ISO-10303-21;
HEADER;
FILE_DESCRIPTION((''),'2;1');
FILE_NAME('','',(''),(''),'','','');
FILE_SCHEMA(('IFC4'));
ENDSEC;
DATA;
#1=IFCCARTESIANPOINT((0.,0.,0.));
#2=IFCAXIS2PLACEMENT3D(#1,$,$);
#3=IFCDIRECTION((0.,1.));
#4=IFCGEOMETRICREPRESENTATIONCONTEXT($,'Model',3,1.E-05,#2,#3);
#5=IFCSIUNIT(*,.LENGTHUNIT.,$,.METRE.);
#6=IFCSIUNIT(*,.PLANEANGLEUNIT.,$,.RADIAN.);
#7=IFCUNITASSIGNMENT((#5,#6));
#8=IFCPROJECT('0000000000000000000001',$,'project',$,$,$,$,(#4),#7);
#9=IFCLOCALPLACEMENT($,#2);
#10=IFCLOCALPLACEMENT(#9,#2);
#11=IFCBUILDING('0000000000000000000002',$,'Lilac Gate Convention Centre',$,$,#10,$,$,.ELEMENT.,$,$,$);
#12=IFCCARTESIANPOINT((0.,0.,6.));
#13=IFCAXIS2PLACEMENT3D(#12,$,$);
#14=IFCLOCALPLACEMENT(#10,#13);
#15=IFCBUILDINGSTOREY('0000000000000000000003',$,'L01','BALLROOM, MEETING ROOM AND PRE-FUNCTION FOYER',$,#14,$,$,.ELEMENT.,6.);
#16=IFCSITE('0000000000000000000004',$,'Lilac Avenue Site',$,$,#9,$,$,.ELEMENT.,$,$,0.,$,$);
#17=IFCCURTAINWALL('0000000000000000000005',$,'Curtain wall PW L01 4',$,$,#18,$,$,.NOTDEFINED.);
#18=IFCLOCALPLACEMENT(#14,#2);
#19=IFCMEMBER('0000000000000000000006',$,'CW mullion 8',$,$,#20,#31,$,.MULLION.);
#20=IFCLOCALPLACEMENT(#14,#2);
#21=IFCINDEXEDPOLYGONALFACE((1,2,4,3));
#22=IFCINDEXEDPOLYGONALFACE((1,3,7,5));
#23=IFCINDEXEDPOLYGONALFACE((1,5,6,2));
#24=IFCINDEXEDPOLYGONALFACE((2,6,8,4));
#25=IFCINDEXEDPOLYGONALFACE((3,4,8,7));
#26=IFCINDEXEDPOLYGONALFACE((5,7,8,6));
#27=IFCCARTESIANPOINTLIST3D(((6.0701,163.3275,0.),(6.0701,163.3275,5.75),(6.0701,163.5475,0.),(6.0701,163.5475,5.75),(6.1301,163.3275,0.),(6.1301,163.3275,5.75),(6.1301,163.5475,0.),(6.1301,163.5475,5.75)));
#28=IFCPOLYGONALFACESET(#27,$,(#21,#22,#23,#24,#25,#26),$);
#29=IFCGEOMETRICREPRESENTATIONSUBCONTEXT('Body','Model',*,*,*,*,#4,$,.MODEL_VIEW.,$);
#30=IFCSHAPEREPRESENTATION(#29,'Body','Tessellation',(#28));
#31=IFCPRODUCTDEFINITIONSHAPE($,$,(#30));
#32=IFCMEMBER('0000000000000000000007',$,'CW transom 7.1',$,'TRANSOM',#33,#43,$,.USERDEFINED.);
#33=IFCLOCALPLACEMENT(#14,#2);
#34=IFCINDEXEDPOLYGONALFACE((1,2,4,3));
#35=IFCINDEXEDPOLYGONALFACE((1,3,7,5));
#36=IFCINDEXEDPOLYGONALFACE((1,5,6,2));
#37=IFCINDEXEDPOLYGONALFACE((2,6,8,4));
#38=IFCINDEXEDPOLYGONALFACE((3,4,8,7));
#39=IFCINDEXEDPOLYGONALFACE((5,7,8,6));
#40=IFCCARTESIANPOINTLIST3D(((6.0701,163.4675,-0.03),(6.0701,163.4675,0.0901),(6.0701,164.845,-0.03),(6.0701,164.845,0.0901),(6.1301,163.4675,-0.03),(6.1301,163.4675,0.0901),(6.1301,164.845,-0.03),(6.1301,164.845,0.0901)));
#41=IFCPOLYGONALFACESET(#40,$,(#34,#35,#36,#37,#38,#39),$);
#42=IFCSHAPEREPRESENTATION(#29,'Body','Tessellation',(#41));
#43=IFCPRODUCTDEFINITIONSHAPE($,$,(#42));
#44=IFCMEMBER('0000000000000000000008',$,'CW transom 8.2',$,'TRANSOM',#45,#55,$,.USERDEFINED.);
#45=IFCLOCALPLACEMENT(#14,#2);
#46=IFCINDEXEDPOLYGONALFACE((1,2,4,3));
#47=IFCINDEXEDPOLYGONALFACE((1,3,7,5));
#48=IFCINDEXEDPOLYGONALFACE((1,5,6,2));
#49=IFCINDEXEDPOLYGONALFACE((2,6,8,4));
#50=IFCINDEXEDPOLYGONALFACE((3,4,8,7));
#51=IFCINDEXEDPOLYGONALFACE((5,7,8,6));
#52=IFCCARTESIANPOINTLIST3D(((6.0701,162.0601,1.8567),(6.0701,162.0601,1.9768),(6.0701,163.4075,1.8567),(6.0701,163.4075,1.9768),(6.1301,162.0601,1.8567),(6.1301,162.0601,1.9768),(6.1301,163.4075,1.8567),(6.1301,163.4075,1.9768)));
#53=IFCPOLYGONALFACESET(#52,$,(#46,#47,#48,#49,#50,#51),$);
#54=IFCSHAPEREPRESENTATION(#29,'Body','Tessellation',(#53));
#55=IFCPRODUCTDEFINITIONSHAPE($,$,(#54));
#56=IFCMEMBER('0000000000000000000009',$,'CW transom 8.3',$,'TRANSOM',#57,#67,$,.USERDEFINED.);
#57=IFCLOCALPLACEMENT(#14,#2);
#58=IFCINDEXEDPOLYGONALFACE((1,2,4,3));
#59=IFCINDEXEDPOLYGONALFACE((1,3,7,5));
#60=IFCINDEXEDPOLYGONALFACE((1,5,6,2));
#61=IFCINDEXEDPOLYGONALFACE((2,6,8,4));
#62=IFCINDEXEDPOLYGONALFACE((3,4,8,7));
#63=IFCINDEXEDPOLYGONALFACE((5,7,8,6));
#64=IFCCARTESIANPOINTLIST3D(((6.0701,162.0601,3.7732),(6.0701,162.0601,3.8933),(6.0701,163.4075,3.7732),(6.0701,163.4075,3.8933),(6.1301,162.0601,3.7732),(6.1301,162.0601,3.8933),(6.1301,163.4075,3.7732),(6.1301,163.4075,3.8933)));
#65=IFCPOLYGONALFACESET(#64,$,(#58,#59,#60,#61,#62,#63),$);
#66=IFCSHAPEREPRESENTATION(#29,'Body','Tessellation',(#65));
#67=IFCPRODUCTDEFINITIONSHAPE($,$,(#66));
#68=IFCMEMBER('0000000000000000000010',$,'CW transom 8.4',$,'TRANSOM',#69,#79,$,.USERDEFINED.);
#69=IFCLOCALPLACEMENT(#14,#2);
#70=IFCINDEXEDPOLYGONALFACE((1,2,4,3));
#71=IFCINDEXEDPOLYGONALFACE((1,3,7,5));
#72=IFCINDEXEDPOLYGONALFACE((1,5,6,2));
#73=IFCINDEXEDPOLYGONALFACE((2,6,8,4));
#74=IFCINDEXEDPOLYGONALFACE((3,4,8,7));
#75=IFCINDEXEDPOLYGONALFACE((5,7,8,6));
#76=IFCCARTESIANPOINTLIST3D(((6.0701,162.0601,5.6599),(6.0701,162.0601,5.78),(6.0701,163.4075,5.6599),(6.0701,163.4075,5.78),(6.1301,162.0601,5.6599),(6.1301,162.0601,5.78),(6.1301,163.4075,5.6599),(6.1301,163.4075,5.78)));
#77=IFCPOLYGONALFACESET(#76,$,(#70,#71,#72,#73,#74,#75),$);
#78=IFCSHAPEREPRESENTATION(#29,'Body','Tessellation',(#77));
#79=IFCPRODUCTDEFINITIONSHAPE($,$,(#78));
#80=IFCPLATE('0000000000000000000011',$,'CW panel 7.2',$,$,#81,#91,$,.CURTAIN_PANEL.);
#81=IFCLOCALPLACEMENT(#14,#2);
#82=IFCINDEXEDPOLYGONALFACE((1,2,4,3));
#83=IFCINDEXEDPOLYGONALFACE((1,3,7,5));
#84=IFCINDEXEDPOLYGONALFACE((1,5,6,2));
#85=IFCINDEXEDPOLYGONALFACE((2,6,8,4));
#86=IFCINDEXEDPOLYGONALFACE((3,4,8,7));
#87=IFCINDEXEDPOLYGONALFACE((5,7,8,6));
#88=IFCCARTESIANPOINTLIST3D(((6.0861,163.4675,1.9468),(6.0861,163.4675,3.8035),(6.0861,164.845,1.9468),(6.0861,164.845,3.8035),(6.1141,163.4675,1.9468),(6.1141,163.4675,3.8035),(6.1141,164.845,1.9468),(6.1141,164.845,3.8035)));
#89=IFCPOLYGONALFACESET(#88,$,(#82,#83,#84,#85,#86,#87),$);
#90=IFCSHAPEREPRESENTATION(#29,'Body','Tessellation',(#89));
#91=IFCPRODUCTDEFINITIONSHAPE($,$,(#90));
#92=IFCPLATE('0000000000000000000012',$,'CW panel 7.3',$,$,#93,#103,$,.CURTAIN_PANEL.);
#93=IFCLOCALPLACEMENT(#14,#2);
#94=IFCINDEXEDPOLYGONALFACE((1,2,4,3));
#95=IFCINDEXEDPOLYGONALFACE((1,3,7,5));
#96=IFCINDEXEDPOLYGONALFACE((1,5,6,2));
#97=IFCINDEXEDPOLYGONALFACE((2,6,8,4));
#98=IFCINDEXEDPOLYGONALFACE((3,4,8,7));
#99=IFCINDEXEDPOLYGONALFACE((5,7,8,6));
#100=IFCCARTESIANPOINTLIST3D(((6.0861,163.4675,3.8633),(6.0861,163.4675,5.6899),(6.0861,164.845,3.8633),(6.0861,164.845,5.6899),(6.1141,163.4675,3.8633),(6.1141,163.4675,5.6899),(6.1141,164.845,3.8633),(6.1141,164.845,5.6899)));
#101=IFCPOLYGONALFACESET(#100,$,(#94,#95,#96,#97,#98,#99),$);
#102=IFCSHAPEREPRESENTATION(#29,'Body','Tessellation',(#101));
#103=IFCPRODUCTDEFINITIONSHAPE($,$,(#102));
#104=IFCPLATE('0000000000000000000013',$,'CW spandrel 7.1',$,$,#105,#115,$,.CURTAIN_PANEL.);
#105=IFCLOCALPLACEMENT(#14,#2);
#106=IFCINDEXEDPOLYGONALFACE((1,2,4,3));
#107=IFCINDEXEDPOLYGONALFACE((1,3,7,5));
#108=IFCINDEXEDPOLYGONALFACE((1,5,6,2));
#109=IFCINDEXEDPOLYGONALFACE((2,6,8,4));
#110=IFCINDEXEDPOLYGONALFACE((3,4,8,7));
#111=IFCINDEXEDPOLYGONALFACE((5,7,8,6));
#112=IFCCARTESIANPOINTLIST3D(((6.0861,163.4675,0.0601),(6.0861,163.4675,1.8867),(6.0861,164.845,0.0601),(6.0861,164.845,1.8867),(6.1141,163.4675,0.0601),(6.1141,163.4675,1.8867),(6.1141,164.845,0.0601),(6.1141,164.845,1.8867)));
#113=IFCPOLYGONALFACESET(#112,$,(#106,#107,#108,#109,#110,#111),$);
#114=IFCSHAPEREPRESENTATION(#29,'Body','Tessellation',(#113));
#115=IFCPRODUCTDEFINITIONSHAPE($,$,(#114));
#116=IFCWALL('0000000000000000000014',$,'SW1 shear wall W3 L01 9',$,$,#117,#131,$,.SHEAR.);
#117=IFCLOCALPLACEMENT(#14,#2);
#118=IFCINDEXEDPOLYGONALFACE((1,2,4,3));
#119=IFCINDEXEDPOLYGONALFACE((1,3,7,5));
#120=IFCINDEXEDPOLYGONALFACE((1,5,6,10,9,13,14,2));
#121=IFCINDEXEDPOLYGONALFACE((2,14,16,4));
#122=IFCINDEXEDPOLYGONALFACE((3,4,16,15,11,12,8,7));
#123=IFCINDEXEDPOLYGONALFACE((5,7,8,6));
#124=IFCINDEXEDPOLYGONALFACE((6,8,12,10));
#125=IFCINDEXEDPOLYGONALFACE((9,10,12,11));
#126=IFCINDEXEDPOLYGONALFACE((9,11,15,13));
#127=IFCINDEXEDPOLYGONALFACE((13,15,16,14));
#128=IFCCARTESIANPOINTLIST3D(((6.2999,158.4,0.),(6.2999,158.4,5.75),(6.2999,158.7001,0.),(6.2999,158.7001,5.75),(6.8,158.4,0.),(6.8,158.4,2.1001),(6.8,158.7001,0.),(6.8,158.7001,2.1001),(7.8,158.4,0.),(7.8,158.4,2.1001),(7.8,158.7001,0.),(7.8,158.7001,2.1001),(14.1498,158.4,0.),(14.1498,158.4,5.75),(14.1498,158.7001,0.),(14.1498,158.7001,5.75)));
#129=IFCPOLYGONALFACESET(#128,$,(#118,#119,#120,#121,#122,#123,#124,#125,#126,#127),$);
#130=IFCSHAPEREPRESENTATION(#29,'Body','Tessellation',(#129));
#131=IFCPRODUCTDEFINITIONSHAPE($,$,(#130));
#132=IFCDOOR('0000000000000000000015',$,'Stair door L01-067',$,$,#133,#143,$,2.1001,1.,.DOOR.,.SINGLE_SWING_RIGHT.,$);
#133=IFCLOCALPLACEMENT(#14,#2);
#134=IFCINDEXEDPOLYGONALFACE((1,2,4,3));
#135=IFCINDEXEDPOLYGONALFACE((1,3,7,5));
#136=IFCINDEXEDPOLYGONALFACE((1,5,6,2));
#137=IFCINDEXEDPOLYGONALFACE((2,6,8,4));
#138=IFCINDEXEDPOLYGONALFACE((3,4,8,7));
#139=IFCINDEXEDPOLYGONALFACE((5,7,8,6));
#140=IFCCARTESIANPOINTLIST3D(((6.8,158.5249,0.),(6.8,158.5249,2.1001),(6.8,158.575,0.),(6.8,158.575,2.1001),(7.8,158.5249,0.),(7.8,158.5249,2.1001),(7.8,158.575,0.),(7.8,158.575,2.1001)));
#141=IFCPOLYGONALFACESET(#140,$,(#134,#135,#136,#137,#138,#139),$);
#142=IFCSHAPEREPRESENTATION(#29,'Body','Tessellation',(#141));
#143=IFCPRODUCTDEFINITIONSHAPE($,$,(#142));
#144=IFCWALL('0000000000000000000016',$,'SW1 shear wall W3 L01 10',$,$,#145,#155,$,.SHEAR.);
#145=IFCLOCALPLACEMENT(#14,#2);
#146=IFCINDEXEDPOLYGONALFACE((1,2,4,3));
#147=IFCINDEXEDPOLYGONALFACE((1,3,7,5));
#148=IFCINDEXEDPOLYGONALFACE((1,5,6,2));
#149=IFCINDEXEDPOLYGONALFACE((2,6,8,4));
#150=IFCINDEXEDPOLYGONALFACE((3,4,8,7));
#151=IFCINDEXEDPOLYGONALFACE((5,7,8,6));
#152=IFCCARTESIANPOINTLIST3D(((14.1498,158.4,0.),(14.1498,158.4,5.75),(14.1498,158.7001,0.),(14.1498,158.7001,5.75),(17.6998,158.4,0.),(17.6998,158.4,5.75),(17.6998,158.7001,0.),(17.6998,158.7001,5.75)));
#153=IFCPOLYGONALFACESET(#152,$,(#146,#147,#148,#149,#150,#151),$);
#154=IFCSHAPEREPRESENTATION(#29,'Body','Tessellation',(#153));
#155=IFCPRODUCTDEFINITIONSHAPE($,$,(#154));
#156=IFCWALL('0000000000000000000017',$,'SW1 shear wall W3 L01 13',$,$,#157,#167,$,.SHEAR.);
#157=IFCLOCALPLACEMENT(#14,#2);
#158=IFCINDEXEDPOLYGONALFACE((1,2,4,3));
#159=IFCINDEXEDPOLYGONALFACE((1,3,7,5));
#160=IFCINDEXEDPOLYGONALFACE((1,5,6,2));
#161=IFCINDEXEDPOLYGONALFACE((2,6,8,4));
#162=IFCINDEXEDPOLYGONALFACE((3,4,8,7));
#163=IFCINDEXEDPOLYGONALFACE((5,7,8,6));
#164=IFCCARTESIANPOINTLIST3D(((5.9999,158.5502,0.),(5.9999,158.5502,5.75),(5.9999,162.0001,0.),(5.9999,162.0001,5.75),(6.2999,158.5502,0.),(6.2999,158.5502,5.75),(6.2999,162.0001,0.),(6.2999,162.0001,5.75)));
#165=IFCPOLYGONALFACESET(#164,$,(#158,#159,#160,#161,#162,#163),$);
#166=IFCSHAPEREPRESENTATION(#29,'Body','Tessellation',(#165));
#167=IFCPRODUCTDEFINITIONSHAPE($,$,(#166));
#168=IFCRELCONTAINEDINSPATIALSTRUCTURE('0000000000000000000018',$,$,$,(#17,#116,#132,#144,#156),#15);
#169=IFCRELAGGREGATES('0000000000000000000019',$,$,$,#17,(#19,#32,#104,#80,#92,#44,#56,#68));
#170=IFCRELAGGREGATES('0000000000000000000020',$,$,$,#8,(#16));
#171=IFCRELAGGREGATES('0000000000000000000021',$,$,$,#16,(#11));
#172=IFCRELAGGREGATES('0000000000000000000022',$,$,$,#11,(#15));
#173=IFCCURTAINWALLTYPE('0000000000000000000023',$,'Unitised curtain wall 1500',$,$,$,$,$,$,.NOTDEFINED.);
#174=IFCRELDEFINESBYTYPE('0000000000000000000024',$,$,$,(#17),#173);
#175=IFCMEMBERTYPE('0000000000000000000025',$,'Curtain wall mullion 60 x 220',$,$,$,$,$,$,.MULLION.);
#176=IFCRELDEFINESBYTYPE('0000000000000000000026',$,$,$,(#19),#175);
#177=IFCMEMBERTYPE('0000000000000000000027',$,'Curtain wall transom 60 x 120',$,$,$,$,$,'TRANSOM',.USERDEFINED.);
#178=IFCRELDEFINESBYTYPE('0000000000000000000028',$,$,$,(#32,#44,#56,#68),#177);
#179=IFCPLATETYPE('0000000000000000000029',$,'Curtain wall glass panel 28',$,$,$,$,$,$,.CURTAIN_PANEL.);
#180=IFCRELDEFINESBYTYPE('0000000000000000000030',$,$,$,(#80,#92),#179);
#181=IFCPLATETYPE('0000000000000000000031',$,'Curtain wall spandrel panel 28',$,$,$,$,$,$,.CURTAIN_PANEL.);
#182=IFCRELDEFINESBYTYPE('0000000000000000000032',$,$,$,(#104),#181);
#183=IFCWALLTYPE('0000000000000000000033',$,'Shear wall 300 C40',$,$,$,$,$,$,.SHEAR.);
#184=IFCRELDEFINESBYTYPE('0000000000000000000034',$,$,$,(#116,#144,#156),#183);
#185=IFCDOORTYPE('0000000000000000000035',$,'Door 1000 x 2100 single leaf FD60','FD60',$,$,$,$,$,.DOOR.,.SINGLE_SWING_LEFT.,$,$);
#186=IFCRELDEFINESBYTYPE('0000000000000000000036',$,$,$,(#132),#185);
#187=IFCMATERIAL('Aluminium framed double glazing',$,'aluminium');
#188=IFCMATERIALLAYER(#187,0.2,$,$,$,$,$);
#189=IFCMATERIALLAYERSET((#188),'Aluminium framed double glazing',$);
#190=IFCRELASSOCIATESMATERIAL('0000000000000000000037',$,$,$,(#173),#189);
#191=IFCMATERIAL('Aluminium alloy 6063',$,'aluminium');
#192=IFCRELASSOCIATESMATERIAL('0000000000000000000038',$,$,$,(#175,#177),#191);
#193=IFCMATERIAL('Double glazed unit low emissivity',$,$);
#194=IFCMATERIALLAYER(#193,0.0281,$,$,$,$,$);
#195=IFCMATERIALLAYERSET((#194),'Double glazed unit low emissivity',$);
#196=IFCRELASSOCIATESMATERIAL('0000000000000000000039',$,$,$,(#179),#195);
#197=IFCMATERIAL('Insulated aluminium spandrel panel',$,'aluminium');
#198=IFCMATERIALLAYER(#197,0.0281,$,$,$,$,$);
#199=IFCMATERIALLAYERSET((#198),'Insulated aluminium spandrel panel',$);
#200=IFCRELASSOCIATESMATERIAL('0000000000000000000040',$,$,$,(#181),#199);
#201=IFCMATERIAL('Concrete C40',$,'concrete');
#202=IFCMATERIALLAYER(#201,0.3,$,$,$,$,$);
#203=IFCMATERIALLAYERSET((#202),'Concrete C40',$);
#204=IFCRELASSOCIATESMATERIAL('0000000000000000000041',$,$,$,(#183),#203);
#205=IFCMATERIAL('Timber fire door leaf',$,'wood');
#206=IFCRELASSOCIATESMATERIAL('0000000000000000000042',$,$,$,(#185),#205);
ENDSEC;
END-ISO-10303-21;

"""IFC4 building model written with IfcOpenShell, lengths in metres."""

from ifc_helpers import new_model, si_unit, direction, frame, frame_2d, origin, origin_2d, place, context, subcontext, project, spatial, rectangle, extrude, material, layer, layer_set, material_profile, profile_set, type_object, element, fill, aggregate, save


model = new_model("IFC4")

# Units and contexts
model_context = context("Model", 3, precision=1e-05, world=origin(), true_north=direction((0.0, 1.0)))
body_context = subcontext(model_context, "Body", "Model", "MODEL_VIEW")
ifc_project = project(units=[si_unit("LENGTHUNIT", "METRE"), si_unit("PLANEANGLEUNIT", "RADIAN")], contexts=[model_context])

# Site, building, storey
site_placement = place(None, origin())
site = spatial("IfcSite", under=ifc_project, at=site_placement, Name="Lilac Avenue Site", CompositionType="ELEMENT", RefElevation=0.0)
building_placement = place(site_placement, origin())
building = spatial("IfcBuilding", under=site, at=building_placement, Name="Lilac Gate Convention Centre", CompositionType="ELEMENT")
storey_placement = place(building_placement, frame((0.0, 0.0, 6.0)))
storey = spatial("IfcBuildingStorey", under=building, at=storey_placement, Name="L01", Description="BALLROOM, MEETING ROOM AND PRE-FUNCTION FOYER", CompositionType="ELEMENT", Elevation=6.0)

# Curtain wall, members, plates
ifc_material_1 = material(Name="Aluminium framed double glazing", Category="aluminium")
ifc_layer_1 = layer(ifc_material_1, 0.2)
ifc_layer_set_1 = layer_set([ifc_layer_1], Name="Aluminium framed double glazing")
curtain_wall_type = type_object("IfcCurtainWallType", Name="Unitised curtain wall 1500", PredefinedType="NOTDEFINED", material=ifc_layer_set_1)
curtain_wall_placement = place(storey_placement, origin())
curtain_wall = element("IfcCurtainWall", 1, at=curtain_wall_placement, inside=storey, type_object=curtain_wall_type, Name="Curtain wall PW L01 4", PredefinedType="NOTDEFINED")
ifc_material_2 = material(Name="Aluminium alloy 6063", Category="aluminium")
ifc_material_profile_1 = material_profile(ifc_material_2, rectangle(XDim=0.0601, YDim=0.22, at=origin_2d()), Name="Curtain wall mullion 60 x 220")
ifc_profile_set_1 = profile_set([ifc_material_profile_1], Name="Aluminium alloy 6063")
member_type_1 = type_object("IfcMemberType", Name="Curtain wall mullion 60 x 220", PredefinedType="MULLION", material=ifc_profile_set_1)
member_1_placement = place(storey_placement, frame((6.1001, 163.4375, 0.0), z_axis=(0.0, 0.0, 1.0), x_axis=(1.0, 0.0, 0.0)))
member_1 = element("IfcMember", 2, at=member_1_placement, type_object=member_type_1, Name="CW mullion 8", PredefinedType="MULLION", context=body_context, shape_type="SweptSolid", body=[
    extrude(rectangle(XDim=0.0601, YDim=0.22, at=origin_2d()), origin(), (0.0, 0.0, 1.0), 5.75),
])
ifc_material_profile_2 = material_profile(ifc_material_2, rectangle(XDim=0.0601, YDim=0.1201, at=origin_2d()), Name="Curtain wall transom 60 x 120")
ifc_profile_set_2 = profile_set([ifc_material_profile_2], Name="Aluminium alloy 6063")
member_type_2 = type_object("IfcMemberType", Name="Curtain wall transom 60 x 120", ElementType="TRANSOM", PredefinedType="USERDEFINED", material=ifc_profile_set_2)
member_2_placement = place(storey_placement, frame((6.1001, 164.845, 0.03), z_axis=(0.0, -1.0, 0.0), x_axis=(1.0, 0.0, 0.0)))
member_2 = element("IfcMember", 3, at=member_2_placement, type_object=member_type_2, Name="CW transom 7.1", ObjectType="TRANSOM", PredefinedType="USERDEFINED", context=body_context, shape_type="SweptSolid", body=[
    extrude(rectangle(XDim=0.0601, YDim=0.1201, at=origin_2d()), origin(), (0.0, 0.0, 1.0), 1.3774),
])
member_3_placement = place(storey_placement, frame((6.1001, 163.4075, 1.9167), z_axis=(0.0, -1.0, 0.0), x_axis=(1.0, 0.0, 0.0)))
member_3 = element("IfcMember", 4, at=member_3_placement, type_object=member_type_2, Name="CW transom 8.2", ObjectType="TRANSOM", PredefinedType="USERDEFINED", context=body_context, shape_type="SweptSolid", body=[
    extrude(rectangle(XDim=0.0601, YDim=0.1201, at=origin_2d()), origin(), (0.0, 0.0, 1.0), 1.3474),
])
member_4_placement = place(storey_placement, frame((6.1001, 163.4075, 3.8333), z_axis=(0.0, -1.0, 0.0), x_axis=(1.0, 0.0, 0.0)))
member_4 = element("IfcMember", 5, at=member_4_placement, type_object=member_type_2, Name="CW transom 8.3", ObjectType="TRANSOM", PredefinedType="USERDEFINED", context=body_context, shape_type="SweptSolid", body=[
    extrude(rectangle(XDim=0.0601, YDim=0.1201, at=origin_2d()), origin(), (0.0, 0.0, 1.0), 1.3474),
])
member_5_placement = place(storey_placement, frame((6.1001, 163.4075, 5.72), z_axis=(0.0, -1.0, 0.0), x_axis=(1.0, 0.0, 0.0)))
member_5 = element("IfcMember", 6, at=member_5_placement, type_object=member_type_2, Name="CW transom 8.4", ObjectType="TRANSOM", PredefinedType="USERDEFINED", context=body_context, shape_type="SweptSolid", body=[
    extrude(rectangle(XDim=0.0601, YDim=0.1201, at=origin_2d()), origin(), (0.0, 0.0, 1.0), 1.3474),
])
ifc_material_3 = material(Name="Double glazed unit low emissivity")
ifc_layer_2 = layer(ifc_material_3, 0.0281)
ifc_layer_set_2 = layer_set([ifc_layer_2], Name="Double glazed unit low emissivity")
plate_type_1 = type_object("IfcPlateType", Name="Curtain wall glass panel 28", PredefinedType="CURTAIN_PANEL", material=ifc_layer_set_2)
plate_1_placement = place(storey_placement, frame((6.1001, 164.1562, 1.9468), z_axis=(0.0, 0.0, 1.0), x_axis=(0.0, -1.0, 0.0)))
plate_1 = element("IfcPlate", 7, at=plate_1_placement, type_object=plate_type_1, Name="CW panel 7.2", PredefinedType="CURTAIN_PANEL", context=body_context, shape_type="SweptSolid", body=[
    extrude(rectangle(XDim=1.3774, YDim=0.0281, at=origin_2d()), origin(), (0.0, 0.0, 1.0), 1.8567),
])
plate_2_placement = place(storey_placement, frame((6.1001, 164.1562, 3.8633), z_axis=(0.0, 0.0, 1.0), x_axis=(0.0, -1.0, 0.0)))
plate_2 = element("IfcPlate", 8, at=plate_2_placement, type_object=plate_type_1, Name="CW panel 7.3", PredefinedType="CURTAIN_PANEL", context=body_context, shape_type="SweptSolid", body=[
    extrude(rectangle(XDim=1.3774, YDim=0.0281, at=origin_2d()), origin(), (0.0, 0.0, 1.0), 1.8267),
])
ifc_material_4 = material(Name="Insulated aluminium spandrel panel", Category="aluminium")
ifc_layer_3 = layer(ifc_material_4, 0.0281)
ifc_layer_set_3 = layer_set([ifc_layer_3], Name="Insulated aluminium spandrel panel")
plate_type_2 = type_object("IfcPlateType", Name="Curtain wall spandrel panel 28", PredefinedType="CURTAIN_PANEL", material=ifc_layer_set_3)
plate_3_placement = place(storey_placement, frame((6.1001, 164.1562, 0.0601), z_axis=(0.0, 0.0, 1.0), x_axis=(0.0, -1.0, 0.0)))
plate_3 = element("IfcPlate", 9, at=plate_3_placement, type_object=plate_type_2, Name="CW spandrel 7.1", PredefinedType="CURTAIN_PANEL", context=body_context, shape_type="SweptSolid", body=[
    extrude(rectangle(XDim=1.3774, YDim=0.0281, at=origin_2d()), origin(), (0.0, 0.0, 1.0), 1.8267),
])
aggregate(curtain_wall, [member_1, member_2, plate_3, plate_1, plate_2, member_3, member_4, member_5])

# Wall, opening, door
ifc_material_5 = material(Name="Concrete C40", Category="concrete")
ifc_layer_4 = layer(ifc_material_5, 0.3)
ifc_layer_set_4 = layer_set([ifc_layer_4], Name="Concrete C40")
wall_type = type_object("IfcWallType", Name="Shear wall 300 C40", PredefinedType="SHEAR", material=ifc_layer_set_4)
wall_1_placement = place(storey_placement, frame((6.3, 158.55, 0.0), z_axis=(0.0, 0.0, 1.0), x_axis=(1.0, 0.0, 0.0)))
wall_1 = element("IfcWall", 10, at=wall_1_placement, inside=storey, type_object=wall_type, Name="SW1 shear wall W3 L01 9", PredefinedType="SHEAR", context=body_context, shape_type="SweptSolid", body=[
    extrude(rectangle(XDim=7.8499, YDim=0.3, at=frame_2d((3.9248, 0.0))), origin(), (0.0, 0.0, 1.0), 5.75),
])
opening_placement = place(wall_1_placement, frame((0.5, 0.0, 0.0)))
opening = element("IfcOpeningElement", 11, at=opening_placement, cuts=wall_1, PredefinedType="OPENING", context=body_context, shape_type="SweptSolid", body=[
    extrude(rectangle(XDim=1.0, YDim=2.1001, at=frame_2d((0.5, 1.05))), frame((0.0, 0.1599, 0.0), z_axis=(0.0, -1.0, 0.0), x_axis=(1.0, 0.0, 0.0)), (0.0, 0.0, 1.0), 0.3201),
])
ifc_material_6 = material(Name="Timber fire door leaf", Category="wood")
door_type = type_object("IfcDoorType", Name="Door 1000 x 2100 single leaf FD60", Description="FD60", OperationType="SINGLE_SWING_LEFT", PredefinedType="DOOR", material=ifc_material_6)
door_placement = place(opening_placement, origin())
door = element("IfcDoor", 12, at=door_placement, inside=storey, type_object=door_type, Name="Stair door L01-067", OperationType="SINGLE_SWING_RIGHT", OverallHeight=2.1001, OverallWidth=1.0, PredefinedType="DOOR", context=body_context, shape_type="SweptSolid", body=[
    extrude(rectangle(XDim=1.0, YDim=2.1001, at=frame_2d((0.5, 1.05))), frame((0.0, 0.0249, 0.0), z_axis=(0.0, -1.0, 0.0), x_axis=(1.0, 0.0, 0.0)), (0.0, 0.0, 1.0), 0.05),
])
fill(opening, door)

# Walls
wall_2_placement = place(storey_placement, frame((14.1499, 158.55, 0.0), z_axis=(0.0, 0.0, 1.0), x_axis=(1.0, 0.0, 0.0)))
element("IfcWall", 13, at=wall_2_placement, inside=storey, type_object=wall_type, Name="SW1 shear wall W3 L01 10", PredefinedType="SHEAR", context=body_context, shape_type="SweptSolid", body=[
    extrude(rectangle(XDim=3.55, YDim=0.3, at=frame_2d((1.7749, 0.0))), origin(), (0.0, 0.0, 1.0), 5.75),
])
wall_3_placement = place(storey_placement, frame((6.1499, 158.55, 0.0), z_axis=(0.0, 0.0, 1.0), x_axis=(0.0, 1.0, 0.0)))
element("IfcWall", 14, at=wall_3_placement, inside=storey, type_object=wall_type, Name="SW1 shear wall W3 L01 13", PredefinedType="SHEAR", context=body_context, shape_type="SweptSolid", body=[
    extrude(rectangle(XDim=3.45, YDim=0.3, at=frame_2d((1.7251, 0.0))), origin(), (0.0, 0.0, 1.0), 5.75),
])

save(model, "model.ifc")
